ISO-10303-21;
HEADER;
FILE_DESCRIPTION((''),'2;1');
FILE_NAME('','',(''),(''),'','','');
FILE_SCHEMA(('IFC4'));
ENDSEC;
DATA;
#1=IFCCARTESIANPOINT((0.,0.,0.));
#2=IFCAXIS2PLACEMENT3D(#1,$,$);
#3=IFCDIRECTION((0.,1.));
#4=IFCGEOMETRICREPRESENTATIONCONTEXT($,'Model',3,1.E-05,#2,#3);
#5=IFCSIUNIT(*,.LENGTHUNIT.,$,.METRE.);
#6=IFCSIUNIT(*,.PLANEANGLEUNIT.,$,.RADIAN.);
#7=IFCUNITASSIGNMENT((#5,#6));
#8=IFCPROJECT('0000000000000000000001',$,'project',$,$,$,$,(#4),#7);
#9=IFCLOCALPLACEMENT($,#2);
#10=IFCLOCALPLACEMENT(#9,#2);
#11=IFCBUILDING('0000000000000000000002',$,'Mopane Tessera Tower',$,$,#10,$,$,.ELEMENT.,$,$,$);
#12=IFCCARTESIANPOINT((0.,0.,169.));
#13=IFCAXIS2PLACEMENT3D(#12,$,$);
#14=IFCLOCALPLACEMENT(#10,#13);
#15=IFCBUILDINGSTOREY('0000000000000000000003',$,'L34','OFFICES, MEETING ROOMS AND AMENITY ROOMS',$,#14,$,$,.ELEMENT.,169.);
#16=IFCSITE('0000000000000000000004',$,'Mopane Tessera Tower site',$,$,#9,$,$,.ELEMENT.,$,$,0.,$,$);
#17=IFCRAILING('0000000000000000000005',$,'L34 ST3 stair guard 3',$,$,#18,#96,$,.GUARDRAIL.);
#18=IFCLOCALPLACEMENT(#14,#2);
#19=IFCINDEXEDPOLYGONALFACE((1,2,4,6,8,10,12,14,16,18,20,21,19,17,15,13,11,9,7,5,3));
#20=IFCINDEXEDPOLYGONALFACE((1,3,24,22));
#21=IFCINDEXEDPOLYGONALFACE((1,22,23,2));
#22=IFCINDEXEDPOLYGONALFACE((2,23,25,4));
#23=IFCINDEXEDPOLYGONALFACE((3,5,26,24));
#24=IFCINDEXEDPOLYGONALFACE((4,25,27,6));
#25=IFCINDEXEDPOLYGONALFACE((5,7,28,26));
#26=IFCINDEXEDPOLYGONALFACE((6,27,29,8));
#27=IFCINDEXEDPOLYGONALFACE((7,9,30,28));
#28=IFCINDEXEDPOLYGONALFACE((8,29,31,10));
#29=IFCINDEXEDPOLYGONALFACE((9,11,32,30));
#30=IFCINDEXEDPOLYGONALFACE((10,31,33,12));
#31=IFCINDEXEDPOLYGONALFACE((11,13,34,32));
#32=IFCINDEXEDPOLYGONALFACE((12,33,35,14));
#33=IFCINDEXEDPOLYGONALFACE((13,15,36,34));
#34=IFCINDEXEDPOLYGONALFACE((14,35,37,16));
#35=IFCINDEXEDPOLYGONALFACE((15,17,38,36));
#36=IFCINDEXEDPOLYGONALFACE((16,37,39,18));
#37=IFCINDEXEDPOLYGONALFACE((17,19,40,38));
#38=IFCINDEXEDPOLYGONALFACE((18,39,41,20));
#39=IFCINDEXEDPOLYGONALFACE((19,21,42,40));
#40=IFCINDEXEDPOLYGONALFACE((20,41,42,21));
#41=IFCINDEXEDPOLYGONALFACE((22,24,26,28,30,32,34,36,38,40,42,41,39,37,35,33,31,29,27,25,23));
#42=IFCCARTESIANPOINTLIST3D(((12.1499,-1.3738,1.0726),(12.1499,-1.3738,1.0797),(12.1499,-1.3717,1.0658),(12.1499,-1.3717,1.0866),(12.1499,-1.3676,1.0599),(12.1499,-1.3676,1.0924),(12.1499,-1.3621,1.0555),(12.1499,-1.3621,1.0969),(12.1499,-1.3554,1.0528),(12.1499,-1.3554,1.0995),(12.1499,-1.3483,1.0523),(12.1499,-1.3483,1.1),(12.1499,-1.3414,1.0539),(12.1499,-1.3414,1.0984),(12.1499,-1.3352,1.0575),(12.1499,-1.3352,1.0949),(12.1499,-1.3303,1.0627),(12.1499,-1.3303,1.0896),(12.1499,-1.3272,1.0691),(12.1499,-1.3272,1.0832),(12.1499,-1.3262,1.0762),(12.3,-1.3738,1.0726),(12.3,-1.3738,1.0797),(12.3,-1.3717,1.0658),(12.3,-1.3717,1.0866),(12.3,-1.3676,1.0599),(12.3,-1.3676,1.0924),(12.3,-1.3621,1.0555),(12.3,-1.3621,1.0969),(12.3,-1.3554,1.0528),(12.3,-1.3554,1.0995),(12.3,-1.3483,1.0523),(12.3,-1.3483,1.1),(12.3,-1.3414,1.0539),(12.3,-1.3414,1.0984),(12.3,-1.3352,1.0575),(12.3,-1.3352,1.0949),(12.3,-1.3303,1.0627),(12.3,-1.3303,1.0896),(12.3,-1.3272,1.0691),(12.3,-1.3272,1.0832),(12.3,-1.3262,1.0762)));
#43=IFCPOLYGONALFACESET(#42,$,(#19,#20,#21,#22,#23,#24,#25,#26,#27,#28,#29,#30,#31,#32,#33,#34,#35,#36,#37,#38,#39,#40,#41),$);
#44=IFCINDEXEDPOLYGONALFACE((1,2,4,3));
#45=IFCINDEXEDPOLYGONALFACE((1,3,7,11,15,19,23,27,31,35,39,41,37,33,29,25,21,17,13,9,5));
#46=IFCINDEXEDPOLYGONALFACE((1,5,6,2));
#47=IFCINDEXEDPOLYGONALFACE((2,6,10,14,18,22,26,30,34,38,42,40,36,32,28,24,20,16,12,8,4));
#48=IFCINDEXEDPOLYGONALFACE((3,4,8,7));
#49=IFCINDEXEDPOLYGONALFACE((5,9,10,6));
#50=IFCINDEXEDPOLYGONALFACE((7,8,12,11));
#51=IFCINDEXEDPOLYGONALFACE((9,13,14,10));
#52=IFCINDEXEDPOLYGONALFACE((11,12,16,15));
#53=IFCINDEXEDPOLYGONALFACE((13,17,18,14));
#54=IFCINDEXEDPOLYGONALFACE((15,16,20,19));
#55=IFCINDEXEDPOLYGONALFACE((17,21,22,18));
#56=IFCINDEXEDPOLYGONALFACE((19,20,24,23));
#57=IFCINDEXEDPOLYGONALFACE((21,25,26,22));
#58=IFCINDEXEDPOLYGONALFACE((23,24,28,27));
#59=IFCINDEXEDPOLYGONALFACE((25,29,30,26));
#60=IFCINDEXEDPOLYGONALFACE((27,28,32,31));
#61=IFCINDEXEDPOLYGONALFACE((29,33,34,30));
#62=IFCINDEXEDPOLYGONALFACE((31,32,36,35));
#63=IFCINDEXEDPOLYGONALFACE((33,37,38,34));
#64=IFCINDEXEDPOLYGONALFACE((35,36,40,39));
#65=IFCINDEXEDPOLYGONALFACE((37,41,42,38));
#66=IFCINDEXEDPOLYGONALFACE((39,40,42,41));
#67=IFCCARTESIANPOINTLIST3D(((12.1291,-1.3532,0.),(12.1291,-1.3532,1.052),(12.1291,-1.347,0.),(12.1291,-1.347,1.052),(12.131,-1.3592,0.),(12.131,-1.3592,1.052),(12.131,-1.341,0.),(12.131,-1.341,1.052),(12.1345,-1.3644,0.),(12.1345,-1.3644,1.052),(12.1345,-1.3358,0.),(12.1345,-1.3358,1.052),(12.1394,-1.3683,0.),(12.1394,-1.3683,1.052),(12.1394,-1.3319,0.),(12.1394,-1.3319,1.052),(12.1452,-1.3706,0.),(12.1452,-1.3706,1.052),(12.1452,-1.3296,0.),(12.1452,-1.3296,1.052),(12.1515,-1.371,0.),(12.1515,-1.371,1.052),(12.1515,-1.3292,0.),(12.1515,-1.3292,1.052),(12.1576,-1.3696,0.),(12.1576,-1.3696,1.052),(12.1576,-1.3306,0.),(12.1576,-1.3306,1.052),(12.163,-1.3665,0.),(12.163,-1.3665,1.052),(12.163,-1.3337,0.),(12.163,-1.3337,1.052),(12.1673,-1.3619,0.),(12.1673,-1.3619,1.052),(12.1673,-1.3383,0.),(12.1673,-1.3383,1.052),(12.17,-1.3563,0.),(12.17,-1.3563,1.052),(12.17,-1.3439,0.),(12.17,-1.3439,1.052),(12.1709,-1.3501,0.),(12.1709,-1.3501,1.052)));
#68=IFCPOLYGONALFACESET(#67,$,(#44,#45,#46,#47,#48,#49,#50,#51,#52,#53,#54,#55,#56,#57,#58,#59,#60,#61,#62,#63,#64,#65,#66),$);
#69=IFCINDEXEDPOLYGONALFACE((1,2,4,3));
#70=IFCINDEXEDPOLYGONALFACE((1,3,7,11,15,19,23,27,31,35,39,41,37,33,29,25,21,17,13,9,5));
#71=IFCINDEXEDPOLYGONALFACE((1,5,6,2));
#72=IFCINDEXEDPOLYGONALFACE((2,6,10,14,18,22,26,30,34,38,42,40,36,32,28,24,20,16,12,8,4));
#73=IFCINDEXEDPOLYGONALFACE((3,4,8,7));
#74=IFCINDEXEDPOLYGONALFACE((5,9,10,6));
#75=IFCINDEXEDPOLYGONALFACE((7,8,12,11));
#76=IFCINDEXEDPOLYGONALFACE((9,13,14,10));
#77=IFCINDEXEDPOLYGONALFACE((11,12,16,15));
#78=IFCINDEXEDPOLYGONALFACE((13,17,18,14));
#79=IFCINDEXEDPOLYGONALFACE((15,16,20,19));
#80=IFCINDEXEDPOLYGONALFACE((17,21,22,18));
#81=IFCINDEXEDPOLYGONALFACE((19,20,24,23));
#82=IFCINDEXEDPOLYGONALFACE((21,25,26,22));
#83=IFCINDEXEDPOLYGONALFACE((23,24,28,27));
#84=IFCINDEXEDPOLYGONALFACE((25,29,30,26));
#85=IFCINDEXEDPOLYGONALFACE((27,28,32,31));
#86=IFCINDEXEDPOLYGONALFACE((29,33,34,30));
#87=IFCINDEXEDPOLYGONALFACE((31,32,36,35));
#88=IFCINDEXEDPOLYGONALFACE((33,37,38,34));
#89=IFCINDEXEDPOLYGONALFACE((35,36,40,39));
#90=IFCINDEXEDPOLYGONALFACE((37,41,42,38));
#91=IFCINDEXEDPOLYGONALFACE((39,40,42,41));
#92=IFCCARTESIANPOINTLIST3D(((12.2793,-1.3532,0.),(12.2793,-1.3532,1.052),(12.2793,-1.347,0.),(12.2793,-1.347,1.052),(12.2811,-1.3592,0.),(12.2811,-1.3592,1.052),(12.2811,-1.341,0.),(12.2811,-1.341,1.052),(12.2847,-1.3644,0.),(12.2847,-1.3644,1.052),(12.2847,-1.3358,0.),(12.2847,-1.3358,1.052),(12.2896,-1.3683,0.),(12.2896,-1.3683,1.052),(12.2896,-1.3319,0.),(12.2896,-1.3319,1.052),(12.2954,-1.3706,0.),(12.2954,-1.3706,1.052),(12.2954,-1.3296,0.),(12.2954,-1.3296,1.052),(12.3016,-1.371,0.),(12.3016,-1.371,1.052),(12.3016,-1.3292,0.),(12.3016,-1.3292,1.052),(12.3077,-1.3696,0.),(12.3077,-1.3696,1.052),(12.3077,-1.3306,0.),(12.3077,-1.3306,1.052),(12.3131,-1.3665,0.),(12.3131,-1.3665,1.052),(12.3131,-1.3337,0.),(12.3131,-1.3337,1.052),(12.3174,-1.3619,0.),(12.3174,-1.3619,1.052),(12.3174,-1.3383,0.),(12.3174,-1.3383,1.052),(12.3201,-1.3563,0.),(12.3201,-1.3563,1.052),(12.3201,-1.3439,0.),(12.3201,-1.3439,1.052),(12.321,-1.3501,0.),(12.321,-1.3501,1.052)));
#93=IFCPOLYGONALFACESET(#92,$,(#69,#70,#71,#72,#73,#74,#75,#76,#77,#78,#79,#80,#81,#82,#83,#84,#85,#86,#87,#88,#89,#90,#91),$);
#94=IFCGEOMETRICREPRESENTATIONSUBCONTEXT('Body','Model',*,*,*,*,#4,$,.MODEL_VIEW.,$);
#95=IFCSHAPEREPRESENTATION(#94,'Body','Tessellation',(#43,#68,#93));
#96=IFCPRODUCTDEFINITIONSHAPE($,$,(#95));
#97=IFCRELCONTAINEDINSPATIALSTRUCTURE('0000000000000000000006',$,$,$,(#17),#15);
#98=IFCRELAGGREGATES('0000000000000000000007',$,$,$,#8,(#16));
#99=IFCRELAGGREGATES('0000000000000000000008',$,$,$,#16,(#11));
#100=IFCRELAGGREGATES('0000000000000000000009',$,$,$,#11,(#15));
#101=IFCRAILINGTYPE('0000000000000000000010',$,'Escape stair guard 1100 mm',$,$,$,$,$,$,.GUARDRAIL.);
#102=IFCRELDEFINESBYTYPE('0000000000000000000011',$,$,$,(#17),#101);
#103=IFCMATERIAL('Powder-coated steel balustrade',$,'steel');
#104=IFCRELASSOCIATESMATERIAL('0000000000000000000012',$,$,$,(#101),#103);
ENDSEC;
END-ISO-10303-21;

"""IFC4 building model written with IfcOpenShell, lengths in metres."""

from ifc_helpers import new_model, si_unit, direction, frame, origin, origin_2d, place, context, subcontext, project, spatial, circle, extrude, material, type_object, element, save


model = new_model("IFC4")

# Units and contexts
model_context = context("Model", 3, precision=1e-05, world=origin(), true_north=direction((0.0, 1.0)))
body_context = subcontext(model_context, "Body", "Model", "MODEL_VIEW")
ifc_project = project(units=[si_unit("LENGTHUNIT", "METRE"), si_unit("PLANEANGLEUNIT", "RADIAN")], contexts=[model_context])

# Site, building, storey
site_placement = place(None, origin())
site = spatial("IfcSite", under=ifc_project, at=site_placement, Name="Mopane Tessera Tower site", CompositionType="ELEMENT", RefElevation=0.0)
building_placement = place(site_placement, origin())
building = spatial("IfcBuilding", under=site, at=building_placement, Name="Mopane Tessera Tower", CompositionType="ELEMENT")
storey_placement = place(building_placement, frame((0.0, 0.0, 169.0)))
storey = spatial("IfcBuildingStorey", under=building, at=storey_placement, Name="L34", Description="OFFICES, MEETING ROOMS AND AMENITY ROOMS", CompositionType="ELEMENT", Elevation=169.0)

# Railing
ifc_material_1 = material(Name="Powder-coated steel balustrade", Category="steel")
railing_type_1 = type_object("IfcRailingType", Name="Escape stair guard 1100 mm", PredefinedType="GUARDRAIL", material=ifc_material_1)
railing_1_placement = place(storey_placement, frame((12.1499, -1.3501, 0.0)))
element("IfcRailing", 1, at=railing_1_placement, inside=storey, type_object=railing_type_1, Name="L34 ST3 stair guard 3", PredefinedType="GUARDRAIL", context=body_context, shape_type="SweptSolid", body=[
    extrude(circle(Radius=0.0239, at=origin_2d()), frame((0.0, 0.0, 1.0762), z_axis=(1.0, 0.0, 0.0), x_axis=(0.0, 1.0, 0.0)), (0.0, 0.0, 1.0), 0.1501),
    extrude(circle(Radius=0.021, at=origin_2d()), origin(), (0.0, 0.0, 1.0), 1.052),
    extrude(circle(Radius=0.021, at=origin_2d()), frame((0.1501, 0.0, 0.0)), (0.0, 0.0, 1.0), 1.052),
])

save(model, "model.ifc")
